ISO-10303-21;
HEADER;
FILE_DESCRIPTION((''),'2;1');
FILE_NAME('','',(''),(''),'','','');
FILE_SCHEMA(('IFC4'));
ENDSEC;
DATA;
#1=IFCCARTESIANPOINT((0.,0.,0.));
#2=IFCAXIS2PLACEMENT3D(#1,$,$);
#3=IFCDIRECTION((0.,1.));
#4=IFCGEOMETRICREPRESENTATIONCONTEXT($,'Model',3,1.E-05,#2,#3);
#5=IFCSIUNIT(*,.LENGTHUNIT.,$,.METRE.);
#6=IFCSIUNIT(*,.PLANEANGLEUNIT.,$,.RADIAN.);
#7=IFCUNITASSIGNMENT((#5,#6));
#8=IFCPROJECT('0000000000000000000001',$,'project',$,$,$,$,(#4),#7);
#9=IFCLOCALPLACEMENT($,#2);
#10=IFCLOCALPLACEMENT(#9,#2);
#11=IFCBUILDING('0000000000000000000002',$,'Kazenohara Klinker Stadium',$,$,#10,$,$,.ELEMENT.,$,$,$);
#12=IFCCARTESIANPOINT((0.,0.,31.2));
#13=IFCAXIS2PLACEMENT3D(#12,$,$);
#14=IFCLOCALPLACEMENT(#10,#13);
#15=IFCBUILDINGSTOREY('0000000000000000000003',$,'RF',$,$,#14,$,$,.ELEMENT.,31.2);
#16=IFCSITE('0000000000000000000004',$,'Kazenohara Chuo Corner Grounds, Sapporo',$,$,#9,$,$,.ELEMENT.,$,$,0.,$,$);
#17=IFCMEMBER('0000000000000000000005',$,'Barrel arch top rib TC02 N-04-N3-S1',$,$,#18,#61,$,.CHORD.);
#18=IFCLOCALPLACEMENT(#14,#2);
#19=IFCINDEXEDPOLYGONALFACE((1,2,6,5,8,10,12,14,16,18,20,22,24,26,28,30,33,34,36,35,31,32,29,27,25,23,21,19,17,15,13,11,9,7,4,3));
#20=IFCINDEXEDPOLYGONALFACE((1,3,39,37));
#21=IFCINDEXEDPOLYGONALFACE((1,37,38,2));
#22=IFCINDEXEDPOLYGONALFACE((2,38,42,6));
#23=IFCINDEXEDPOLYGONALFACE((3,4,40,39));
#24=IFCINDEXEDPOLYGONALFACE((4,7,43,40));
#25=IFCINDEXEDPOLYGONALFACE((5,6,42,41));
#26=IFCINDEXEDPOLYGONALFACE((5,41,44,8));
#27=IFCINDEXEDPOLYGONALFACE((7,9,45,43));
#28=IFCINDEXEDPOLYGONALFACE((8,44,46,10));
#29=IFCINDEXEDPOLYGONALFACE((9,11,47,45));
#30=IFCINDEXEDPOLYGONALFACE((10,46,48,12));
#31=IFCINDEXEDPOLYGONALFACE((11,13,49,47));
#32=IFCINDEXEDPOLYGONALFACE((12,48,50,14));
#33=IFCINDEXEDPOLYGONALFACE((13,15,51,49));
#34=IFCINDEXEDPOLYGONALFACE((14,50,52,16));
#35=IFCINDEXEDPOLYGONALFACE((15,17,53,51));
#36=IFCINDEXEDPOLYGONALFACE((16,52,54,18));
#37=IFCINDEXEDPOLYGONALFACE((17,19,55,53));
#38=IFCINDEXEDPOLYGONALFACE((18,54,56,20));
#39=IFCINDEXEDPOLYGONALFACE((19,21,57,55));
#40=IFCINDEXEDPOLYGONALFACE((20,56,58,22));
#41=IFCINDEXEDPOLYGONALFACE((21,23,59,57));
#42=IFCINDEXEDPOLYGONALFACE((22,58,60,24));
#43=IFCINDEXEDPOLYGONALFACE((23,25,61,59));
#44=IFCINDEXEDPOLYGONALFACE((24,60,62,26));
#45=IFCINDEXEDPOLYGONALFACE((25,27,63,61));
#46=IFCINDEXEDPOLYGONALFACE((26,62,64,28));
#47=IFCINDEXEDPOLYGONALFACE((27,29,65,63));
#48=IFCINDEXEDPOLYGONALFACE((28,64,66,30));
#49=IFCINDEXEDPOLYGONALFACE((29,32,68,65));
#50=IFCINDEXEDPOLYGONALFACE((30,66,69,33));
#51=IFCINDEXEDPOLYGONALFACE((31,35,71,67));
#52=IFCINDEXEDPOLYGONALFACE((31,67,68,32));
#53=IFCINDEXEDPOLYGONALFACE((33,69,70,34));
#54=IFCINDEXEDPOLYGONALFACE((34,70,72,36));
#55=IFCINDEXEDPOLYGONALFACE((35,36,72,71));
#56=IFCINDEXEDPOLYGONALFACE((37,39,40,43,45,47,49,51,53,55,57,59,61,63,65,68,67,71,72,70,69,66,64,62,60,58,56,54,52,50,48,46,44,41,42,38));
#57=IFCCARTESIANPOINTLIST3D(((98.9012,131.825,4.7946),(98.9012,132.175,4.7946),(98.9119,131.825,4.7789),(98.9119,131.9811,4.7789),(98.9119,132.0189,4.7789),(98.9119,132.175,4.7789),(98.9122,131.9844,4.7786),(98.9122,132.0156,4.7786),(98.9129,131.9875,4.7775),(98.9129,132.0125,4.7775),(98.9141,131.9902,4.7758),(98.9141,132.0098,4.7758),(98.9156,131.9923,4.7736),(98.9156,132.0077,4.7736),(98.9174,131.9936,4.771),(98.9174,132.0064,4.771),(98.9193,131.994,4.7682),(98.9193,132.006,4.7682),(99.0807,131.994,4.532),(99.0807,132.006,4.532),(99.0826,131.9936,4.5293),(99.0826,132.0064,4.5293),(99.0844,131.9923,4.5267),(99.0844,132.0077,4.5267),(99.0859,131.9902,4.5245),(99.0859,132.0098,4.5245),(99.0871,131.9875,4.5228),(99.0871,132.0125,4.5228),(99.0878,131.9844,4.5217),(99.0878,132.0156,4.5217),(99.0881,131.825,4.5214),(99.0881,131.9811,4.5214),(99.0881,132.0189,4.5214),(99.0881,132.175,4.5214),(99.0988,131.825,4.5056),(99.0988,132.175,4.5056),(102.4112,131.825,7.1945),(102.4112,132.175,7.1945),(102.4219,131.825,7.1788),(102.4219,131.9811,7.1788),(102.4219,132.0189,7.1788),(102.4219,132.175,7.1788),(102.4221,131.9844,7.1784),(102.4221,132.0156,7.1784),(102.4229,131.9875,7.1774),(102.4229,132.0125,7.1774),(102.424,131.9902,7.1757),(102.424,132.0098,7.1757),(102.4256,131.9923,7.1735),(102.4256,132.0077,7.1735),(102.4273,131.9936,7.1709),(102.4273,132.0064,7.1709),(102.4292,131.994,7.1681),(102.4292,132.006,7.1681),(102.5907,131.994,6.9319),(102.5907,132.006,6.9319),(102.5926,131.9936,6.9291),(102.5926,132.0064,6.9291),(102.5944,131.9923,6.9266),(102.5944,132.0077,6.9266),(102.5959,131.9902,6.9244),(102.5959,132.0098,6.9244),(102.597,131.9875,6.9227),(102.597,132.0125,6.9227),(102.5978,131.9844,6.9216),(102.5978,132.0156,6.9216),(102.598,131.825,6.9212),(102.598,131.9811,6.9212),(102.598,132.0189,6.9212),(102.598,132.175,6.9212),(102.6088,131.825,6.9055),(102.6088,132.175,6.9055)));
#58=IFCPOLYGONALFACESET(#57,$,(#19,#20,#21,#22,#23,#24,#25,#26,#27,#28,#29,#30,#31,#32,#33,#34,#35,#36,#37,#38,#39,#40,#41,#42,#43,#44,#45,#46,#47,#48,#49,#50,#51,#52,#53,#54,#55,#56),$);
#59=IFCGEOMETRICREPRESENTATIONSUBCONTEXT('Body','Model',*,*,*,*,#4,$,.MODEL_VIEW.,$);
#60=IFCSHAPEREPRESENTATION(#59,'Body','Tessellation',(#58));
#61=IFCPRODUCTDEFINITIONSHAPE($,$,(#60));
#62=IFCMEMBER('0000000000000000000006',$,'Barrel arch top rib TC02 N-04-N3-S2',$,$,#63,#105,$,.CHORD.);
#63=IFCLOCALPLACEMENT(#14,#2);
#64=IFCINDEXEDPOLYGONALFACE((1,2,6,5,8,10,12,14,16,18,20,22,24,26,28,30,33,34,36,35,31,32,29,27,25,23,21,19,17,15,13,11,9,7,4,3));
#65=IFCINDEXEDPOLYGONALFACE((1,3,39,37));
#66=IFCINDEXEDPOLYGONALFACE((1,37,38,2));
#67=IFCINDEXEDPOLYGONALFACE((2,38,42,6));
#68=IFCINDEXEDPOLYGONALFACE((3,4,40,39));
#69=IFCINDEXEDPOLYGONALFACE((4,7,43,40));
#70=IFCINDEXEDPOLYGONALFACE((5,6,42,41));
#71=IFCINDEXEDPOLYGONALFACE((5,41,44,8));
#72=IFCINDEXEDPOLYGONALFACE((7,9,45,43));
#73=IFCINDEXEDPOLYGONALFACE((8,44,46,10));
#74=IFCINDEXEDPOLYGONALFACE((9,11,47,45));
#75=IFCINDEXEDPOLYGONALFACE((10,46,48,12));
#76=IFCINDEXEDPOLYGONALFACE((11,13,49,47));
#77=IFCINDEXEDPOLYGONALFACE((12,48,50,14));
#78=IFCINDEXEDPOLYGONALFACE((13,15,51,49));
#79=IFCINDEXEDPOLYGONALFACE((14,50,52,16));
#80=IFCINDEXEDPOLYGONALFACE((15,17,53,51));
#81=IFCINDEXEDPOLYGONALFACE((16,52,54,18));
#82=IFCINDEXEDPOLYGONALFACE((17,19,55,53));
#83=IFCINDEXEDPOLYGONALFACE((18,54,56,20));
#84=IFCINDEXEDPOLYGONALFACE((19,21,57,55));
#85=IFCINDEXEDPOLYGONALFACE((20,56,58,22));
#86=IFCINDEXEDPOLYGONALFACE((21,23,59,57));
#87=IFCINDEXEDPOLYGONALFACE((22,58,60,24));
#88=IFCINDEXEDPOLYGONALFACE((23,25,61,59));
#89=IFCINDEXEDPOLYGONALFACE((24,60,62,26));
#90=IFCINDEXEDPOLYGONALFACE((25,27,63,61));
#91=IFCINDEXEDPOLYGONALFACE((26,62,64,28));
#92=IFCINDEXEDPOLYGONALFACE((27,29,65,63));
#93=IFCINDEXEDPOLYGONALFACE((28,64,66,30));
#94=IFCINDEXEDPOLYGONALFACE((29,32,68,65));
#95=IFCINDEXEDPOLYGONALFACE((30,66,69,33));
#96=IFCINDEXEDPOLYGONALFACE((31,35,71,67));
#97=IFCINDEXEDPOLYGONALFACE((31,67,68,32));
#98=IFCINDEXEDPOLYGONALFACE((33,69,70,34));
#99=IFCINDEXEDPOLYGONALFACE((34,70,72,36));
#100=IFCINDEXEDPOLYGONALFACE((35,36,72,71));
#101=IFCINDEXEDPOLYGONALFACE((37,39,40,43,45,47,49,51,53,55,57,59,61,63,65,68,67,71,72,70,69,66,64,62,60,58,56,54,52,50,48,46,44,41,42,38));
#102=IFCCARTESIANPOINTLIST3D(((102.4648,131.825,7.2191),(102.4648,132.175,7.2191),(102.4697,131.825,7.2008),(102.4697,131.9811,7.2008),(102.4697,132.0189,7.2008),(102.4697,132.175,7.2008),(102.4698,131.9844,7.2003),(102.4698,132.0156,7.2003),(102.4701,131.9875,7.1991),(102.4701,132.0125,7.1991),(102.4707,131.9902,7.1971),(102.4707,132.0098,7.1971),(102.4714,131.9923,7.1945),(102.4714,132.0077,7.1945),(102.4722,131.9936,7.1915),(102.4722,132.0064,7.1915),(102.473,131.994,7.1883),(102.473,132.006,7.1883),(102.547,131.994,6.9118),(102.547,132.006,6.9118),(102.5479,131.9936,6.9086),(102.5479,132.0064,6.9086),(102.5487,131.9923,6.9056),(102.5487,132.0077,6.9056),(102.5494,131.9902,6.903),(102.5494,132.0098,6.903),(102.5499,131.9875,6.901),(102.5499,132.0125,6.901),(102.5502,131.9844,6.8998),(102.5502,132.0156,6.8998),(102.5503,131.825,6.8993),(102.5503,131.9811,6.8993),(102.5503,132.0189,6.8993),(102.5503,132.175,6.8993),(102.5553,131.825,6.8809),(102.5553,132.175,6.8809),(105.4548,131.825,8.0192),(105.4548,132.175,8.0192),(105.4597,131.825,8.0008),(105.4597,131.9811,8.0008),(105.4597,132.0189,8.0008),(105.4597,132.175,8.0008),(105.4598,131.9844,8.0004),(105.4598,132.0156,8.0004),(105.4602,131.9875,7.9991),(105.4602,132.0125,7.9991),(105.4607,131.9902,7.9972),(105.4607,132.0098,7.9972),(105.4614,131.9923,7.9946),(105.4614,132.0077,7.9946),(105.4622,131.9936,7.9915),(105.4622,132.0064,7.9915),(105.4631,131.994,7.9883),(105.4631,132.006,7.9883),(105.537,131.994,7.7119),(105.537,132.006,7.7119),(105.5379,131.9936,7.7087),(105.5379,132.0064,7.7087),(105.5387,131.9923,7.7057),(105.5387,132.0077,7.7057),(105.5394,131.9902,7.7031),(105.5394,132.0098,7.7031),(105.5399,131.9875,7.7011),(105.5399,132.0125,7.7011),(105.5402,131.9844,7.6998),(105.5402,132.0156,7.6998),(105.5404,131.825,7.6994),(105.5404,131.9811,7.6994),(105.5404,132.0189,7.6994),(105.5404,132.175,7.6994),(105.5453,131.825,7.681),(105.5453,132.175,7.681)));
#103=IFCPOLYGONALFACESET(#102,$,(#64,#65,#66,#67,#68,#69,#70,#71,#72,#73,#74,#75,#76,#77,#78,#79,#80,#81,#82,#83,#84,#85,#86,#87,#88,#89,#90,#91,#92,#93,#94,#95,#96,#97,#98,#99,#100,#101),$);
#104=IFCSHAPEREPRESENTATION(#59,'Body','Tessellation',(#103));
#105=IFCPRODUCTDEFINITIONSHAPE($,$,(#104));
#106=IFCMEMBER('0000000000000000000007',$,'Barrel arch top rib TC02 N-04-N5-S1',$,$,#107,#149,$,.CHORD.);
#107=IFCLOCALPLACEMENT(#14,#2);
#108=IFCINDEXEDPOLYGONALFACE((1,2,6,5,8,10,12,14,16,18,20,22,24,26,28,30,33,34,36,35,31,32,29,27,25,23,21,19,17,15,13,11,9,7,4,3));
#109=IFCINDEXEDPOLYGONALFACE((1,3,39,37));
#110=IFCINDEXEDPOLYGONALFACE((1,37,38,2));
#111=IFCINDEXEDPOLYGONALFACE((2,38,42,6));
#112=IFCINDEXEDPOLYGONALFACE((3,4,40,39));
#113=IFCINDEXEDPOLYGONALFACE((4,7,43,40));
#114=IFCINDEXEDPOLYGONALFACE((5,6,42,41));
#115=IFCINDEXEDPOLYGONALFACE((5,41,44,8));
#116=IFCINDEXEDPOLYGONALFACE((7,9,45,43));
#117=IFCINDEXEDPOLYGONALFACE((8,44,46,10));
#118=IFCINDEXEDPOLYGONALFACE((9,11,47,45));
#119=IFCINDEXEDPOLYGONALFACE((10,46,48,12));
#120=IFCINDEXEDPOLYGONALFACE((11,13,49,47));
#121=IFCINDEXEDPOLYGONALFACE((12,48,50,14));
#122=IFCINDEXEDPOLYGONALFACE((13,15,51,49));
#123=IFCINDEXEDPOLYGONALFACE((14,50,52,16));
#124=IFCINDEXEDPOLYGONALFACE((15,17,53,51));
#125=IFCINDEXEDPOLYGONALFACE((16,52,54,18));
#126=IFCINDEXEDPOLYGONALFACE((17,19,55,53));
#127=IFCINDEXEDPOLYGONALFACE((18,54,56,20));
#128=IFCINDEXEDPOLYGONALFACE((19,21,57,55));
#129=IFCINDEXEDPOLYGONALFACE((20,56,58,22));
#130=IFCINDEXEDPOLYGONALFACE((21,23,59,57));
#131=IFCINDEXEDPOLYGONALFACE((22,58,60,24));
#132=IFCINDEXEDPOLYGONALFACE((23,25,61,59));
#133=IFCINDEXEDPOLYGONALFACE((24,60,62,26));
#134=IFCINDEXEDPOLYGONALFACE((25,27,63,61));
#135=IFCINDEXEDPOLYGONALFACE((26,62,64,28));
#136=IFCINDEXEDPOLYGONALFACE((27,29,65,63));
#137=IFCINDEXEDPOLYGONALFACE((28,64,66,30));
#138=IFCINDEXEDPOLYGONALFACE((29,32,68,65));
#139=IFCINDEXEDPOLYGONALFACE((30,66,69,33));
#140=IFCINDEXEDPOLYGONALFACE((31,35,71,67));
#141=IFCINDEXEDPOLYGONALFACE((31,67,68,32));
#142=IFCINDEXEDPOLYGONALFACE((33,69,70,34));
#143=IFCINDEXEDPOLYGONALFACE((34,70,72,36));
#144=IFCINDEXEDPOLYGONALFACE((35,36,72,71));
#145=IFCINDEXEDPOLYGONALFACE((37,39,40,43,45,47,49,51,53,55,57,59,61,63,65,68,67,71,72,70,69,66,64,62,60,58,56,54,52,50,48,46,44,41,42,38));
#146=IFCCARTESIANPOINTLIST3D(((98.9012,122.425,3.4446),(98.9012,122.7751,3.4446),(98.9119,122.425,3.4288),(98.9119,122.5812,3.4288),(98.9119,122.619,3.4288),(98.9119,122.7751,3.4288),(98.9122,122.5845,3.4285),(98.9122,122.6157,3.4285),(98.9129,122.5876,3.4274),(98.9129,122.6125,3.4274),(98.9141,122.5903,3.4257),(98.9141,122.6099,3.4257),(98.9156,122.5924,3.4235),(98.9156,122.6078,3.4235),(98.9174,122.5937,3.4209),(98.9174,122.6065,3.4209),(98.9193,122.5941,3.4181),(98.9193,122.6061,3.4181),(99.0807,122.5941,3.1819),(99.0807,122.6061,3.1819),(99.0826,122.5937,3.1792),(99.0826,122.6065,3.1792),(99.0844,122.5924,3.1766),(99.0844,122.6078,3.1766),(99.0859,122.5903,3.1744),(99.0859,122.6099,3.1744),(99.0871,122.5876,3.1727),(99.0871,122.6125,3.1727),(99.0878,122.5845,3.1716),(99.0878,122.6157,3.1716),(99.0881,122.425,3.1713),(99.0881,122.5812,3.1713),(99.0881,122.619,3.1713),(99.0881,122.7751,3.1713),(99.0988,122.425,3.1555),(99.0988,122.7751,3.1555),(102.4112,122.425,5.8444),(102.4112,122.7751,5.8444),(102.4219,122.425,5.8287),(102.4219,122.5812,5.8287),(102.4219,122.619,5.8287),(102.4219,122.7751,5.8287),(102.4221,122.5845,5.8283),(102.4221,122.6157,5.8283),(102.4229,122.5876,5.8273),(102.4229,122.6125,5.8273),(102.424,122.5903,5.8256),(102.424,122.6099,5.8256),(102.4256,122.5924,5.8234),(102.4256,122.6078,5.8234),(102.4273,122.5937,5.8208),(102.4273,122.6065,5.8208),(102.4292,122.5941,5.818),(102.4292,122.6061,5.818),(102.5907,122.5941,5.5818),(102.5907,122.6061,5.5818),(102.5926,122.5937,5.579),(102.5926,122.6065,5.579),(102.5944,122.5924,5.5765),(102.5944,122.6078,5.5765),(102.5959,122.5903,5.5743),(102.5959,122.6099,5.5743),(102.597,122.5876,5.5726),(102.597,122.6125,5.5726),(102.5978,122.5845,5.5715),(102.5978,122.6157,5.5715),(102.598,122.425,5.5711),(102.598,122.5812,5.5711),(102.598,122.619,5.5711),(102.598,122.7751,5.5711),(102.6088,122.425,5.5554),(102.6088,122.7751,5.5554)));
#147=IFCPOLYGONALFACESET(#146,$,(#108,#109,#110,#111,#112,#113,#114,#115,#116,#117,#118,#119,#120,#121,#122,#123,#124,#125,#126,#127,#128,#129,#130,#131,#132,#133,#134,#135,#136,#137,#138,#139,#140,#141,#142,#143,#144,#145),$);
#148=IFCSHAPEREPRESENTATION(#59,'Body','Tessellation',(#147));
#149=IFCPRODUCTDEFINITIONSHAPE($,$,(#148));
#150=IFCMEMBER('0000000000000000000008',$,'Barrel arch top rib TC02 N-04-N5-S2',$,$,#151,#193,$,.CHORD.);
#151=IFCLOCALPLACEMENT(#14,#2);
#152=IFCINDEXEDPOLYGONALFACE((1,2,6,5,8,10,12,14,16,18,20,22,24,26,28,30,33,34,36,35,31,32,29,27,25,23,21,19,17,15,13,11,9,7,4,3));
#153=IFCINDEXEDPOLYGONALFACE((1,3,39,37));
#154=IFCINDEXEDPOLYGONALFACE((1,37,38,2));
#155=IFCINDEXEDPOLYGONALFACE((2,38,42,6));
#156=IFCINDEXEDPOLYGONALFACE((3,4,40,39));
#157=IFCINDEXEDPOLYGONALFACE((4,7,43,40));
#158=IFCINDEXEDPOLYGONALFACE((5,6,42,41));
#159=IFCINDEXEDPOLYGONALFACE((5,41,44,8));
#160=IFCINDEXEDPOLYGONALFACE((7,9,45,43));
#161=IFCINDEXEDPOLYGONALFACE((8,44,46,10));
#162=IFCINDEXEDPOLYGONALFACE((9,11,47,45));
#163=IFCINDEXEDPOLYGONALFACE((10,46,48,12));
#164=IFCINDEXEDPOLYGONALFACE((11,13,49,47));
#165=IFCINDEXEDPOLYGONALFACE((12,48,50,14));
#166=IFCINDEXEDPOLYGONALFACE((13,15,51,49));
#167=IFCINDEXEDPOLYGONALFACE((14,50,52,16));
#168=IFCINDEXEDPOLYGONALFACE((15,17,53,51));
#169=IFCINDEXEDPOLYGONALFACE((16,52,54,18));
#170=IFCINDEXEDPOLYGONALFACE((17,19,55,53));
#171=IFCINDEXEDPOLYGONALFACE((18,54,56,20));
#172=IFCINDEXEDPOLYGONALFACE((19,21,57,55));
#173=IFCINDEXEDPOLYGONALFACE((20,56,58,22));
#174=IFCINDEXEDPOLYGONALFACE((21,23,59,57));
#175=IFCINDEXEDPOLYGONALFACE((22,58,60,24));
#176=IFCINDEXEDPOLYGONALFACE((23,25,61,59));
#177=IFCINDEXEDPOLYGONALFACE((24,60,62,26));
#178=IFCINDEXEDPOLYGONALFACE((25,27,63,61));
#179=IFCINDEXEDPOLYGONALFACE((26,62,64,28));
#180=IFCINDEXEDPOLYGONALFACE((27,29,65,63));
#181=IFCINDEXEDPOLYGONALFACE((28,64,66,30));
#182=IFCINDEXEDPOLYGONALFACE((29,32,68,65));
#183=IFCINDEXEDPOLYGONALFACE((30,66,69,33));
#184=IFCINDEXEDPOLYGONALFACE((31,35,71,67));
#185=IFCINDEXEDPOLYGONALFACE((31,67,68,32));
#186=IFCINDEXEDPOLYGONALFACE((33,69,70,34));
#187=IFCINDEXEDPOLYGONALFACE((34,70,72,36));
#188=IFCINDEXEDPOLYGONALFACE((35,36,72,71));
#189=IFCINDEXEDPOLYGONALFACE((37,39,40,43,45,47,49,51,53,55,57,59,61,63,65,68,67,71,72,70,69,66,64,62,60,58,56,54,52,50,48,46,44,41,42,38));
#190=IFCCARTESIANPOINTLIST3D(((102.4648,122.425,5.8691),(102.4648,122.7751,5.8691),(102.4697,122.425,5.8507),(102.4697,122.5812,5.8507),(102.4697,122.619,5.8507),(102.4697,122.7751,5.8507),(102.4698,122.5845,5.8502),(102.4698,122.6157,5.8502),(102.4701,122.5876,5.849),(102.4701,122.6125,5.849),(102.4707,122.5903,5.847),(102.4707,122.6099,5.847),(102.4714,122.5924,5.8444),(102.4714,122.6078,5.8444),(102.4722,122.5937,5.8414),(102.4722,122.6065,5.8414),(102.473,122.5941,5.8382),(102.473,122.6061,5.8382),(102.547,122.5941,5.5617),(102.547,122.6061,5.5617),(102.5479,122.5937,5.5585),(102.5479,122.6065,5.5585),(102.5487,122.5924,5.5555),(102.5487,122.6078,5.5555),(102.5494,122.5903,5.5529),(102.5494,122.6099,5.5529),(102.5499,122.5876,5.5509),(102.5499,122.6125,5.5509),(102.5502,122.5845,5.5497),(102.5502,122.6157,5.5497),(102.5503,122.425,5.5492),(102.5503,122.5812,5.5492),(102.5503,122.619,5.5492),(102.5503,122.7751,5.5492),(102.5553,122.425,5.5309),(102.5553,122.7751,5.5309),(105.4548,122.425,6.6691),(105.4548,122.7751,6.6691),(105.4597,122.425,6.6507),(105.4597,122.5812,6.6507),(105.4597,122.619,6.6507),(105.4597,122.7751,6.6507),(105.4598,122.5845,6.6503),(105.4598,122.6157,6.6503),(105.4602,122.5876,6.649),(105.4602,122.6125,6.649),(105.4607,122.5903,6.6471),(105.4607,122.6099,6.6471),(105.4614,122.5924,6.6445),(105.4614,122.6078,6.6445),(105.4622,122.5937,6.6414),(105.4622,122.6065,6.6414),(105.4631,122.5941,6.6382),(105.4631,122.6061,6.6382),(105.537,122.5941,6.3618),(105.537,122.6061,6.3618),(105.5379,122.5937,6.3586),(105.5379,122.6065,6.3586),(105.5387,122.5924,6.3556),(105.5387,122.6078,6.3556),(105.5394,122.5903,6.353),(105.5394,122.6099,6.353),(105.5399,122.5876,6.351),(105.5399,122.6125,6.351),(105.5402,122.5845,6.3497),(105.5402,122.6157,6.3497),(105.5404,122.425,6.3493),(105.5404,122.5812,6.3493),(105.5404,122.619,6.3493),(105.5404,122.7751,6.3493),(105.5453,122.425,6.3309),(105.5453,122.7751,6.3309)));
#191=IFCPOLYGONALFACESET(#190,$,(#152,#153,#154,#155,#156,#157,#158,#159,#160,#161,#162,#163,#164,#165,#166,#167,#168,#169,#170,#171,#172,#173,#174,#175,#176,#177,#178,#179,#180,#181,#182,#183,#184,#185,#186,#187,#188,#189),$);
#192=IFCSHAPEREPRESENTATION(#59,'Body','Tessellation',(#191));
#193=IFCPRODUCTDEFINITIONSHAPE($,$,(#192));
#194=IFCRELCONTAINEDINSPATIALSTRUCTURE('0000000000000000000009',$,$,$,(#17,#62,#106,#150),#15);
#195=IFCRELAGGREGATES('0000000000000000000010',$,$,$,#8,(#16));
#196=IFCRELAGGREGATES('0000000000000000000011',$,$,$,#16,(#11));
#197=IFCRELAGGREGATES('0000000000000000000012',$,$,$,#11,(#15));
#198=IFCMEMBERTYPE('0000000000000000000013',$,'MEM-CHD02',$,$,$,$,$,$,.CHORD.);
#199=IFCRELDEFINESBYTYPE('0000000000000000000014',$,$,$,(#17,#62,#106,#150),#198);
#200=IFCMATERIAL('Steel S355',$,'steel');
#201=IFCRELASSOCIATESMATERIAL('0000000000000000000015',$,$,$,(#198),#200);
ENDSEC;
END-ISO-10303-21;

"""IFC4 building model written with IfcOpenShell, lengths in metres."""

from ifc_helpers import new_model, si_unit, direction, frame, origin, origin_2d, place, context, subcontext, project, spatial, i_section, extrude, material, material_profile, profile_set, type_object, element, save


model = new_model("IFC4")

# Units and contexts
model_context = context("Model", 3, precision=1e-05, world=origin(), true_north=direction((0.0, 1.0)))
body_context = subcontext(model_context, "Body", "Model", "MODEL_VIEW")
ifc_project = project(units=[si_unit("LENGTHUNIT", "METRE"), si_unit("PLANEANGLEUNIT", "RADIAN")], contexts=[model_context])

# Site, building, storey
site_placement = place(None, origin())
site = spatial("IfcSite", under=ifc_project, at=site_placement, Name="Kazenohara Chuo Corner Grounds, Sapporo", CompositionType="ELEMENT", RefElevation=0.0)
building_placement = place(site_placement, origin())
building = spatial("IfcBuilding", under=site, at=building_placement, Name="Kazenohara Klinker Stadium", CompositionType="ELEMENT")
storey_placement = place(building_placement, frame((0.0, 0.0, 31.2)))
storey = spatial("IfcBuildingStorey", under=building, at=storey_placement, Name="RF", CompositionType="ELEMENT", Elevation=31.2)

# Members
ifc_material_1 = material(Name="Steel S355", Category="steel")
ifc_material_profile_1 = material_profile(ifc_material_1, i_section(OverallWidth=0.3501, OverallDepth=0.3501, WebThickness=0.012, FlangeThickness=0.019, FilletRadius=0.0129, at=origin_2d()), Name="H-350x350x12x19")
ifc_profile_set_1 = profile_set([ifc_material_profile_1], Name="Steel S355")
member_type_1 = type_object("IfcMemberType", Name="MEM-CHD02", PredefinedType="CHORD", material=ifc_profile_set_1)
member_1_placement = place(storey_placement, frame((99.0, 132.0, 4.6501), z_axis=(0.825492, 0.0, 0.564414), x_axis=(0.0, 1.0, 0.0)))
element("IfcMember", 1, at=member_1_placement, inside=storey, type_object=member_type_1, Name="Barrel arch top rib TC02 N-04-N3-S1", PredefinedType="CHORD", context=body_context, shape_type="SweptSolid", body=[
    extrude(i_section(OverallWidth=0.3501, OverallDepth=0.3501, WebThickness=0.012, FlangeThickness=0.019, FilletRadius=0.0129, at=origin_2d()), origin(), (0.0, 0.0, 1.0), 4.252),
])
member_2_placement = place(storey_placement, frame((102.51, 132.0, 7.05), z_axis=(0.966016, 0.0, 0.258482), x_axis=(0.0, 1.0, 0.0)))
element("IfcMember", 2, at=member_2_placement, inside=storey, type_object=member_type_1, Name="Barrel arch top rib TC02 N-04-N3-S2", PredefinedType="CHORD", context=body_context, shape_type="SweptSolid", body=[
    extrude(i_section(OverallWidth=0.3501, OverallDepth=0.3501, WebThickness=0.012, FlangeThickness=0.019, FilletRadius=0.0129, at=origin_2d()), origin(), (0.0, 0.0, 1.0), 3.0952),
])
member_3_placement = place(storey_placement, frame((99.0, 122.6001, 3.3), z_axis=(0.825492, 0.0, 0.564414), x_axis=(0.0, 1.0, 0.0)))
element("IfcMember", 3, at=member_3_placement, inside=storey, type_object=member_type_1, Name="Barrel arch top rib TC02 N-04-N5-S1", PredefinedType="CHORD", context=body_context, shape_type="SweptSolid", body=[
    extrude(i_section(OverallWidth=0.3501, OverallDepth=0.3501, WebThickness=0.012, FlangeThickness=0.019, FilletRadius=0.0129, at=origin_2d()), origin(), (0.0, 0.0, 1.0), 4.252),
])
member_4_placement = place(storey_placement, frame((102.51, 122.6001, 5.7), z_axis=(0.966016, 0.0, 0.258482), x_axis=(0.0, 1.0, 0.0)))
element("IfcMember", 4, at=member_4_placement, inside=storey, type_object=member_type_1, Name="Barrel arch top rib TC02 N-04-N5-S2", PredefinedType="CHORD", context=body_context, shape_type="SweptSolid", body=[
    extrude(i_section(OverallWidth=0.3501, OverallDepth=0.3501, WebThickness=0.012, FlangeThickness=0.019, FilletRadius=0.0129, at=origin_2d()), origin(), (0.0, 0.0, 1.0), 3.0952),
])

save(model, "model.ifc")
